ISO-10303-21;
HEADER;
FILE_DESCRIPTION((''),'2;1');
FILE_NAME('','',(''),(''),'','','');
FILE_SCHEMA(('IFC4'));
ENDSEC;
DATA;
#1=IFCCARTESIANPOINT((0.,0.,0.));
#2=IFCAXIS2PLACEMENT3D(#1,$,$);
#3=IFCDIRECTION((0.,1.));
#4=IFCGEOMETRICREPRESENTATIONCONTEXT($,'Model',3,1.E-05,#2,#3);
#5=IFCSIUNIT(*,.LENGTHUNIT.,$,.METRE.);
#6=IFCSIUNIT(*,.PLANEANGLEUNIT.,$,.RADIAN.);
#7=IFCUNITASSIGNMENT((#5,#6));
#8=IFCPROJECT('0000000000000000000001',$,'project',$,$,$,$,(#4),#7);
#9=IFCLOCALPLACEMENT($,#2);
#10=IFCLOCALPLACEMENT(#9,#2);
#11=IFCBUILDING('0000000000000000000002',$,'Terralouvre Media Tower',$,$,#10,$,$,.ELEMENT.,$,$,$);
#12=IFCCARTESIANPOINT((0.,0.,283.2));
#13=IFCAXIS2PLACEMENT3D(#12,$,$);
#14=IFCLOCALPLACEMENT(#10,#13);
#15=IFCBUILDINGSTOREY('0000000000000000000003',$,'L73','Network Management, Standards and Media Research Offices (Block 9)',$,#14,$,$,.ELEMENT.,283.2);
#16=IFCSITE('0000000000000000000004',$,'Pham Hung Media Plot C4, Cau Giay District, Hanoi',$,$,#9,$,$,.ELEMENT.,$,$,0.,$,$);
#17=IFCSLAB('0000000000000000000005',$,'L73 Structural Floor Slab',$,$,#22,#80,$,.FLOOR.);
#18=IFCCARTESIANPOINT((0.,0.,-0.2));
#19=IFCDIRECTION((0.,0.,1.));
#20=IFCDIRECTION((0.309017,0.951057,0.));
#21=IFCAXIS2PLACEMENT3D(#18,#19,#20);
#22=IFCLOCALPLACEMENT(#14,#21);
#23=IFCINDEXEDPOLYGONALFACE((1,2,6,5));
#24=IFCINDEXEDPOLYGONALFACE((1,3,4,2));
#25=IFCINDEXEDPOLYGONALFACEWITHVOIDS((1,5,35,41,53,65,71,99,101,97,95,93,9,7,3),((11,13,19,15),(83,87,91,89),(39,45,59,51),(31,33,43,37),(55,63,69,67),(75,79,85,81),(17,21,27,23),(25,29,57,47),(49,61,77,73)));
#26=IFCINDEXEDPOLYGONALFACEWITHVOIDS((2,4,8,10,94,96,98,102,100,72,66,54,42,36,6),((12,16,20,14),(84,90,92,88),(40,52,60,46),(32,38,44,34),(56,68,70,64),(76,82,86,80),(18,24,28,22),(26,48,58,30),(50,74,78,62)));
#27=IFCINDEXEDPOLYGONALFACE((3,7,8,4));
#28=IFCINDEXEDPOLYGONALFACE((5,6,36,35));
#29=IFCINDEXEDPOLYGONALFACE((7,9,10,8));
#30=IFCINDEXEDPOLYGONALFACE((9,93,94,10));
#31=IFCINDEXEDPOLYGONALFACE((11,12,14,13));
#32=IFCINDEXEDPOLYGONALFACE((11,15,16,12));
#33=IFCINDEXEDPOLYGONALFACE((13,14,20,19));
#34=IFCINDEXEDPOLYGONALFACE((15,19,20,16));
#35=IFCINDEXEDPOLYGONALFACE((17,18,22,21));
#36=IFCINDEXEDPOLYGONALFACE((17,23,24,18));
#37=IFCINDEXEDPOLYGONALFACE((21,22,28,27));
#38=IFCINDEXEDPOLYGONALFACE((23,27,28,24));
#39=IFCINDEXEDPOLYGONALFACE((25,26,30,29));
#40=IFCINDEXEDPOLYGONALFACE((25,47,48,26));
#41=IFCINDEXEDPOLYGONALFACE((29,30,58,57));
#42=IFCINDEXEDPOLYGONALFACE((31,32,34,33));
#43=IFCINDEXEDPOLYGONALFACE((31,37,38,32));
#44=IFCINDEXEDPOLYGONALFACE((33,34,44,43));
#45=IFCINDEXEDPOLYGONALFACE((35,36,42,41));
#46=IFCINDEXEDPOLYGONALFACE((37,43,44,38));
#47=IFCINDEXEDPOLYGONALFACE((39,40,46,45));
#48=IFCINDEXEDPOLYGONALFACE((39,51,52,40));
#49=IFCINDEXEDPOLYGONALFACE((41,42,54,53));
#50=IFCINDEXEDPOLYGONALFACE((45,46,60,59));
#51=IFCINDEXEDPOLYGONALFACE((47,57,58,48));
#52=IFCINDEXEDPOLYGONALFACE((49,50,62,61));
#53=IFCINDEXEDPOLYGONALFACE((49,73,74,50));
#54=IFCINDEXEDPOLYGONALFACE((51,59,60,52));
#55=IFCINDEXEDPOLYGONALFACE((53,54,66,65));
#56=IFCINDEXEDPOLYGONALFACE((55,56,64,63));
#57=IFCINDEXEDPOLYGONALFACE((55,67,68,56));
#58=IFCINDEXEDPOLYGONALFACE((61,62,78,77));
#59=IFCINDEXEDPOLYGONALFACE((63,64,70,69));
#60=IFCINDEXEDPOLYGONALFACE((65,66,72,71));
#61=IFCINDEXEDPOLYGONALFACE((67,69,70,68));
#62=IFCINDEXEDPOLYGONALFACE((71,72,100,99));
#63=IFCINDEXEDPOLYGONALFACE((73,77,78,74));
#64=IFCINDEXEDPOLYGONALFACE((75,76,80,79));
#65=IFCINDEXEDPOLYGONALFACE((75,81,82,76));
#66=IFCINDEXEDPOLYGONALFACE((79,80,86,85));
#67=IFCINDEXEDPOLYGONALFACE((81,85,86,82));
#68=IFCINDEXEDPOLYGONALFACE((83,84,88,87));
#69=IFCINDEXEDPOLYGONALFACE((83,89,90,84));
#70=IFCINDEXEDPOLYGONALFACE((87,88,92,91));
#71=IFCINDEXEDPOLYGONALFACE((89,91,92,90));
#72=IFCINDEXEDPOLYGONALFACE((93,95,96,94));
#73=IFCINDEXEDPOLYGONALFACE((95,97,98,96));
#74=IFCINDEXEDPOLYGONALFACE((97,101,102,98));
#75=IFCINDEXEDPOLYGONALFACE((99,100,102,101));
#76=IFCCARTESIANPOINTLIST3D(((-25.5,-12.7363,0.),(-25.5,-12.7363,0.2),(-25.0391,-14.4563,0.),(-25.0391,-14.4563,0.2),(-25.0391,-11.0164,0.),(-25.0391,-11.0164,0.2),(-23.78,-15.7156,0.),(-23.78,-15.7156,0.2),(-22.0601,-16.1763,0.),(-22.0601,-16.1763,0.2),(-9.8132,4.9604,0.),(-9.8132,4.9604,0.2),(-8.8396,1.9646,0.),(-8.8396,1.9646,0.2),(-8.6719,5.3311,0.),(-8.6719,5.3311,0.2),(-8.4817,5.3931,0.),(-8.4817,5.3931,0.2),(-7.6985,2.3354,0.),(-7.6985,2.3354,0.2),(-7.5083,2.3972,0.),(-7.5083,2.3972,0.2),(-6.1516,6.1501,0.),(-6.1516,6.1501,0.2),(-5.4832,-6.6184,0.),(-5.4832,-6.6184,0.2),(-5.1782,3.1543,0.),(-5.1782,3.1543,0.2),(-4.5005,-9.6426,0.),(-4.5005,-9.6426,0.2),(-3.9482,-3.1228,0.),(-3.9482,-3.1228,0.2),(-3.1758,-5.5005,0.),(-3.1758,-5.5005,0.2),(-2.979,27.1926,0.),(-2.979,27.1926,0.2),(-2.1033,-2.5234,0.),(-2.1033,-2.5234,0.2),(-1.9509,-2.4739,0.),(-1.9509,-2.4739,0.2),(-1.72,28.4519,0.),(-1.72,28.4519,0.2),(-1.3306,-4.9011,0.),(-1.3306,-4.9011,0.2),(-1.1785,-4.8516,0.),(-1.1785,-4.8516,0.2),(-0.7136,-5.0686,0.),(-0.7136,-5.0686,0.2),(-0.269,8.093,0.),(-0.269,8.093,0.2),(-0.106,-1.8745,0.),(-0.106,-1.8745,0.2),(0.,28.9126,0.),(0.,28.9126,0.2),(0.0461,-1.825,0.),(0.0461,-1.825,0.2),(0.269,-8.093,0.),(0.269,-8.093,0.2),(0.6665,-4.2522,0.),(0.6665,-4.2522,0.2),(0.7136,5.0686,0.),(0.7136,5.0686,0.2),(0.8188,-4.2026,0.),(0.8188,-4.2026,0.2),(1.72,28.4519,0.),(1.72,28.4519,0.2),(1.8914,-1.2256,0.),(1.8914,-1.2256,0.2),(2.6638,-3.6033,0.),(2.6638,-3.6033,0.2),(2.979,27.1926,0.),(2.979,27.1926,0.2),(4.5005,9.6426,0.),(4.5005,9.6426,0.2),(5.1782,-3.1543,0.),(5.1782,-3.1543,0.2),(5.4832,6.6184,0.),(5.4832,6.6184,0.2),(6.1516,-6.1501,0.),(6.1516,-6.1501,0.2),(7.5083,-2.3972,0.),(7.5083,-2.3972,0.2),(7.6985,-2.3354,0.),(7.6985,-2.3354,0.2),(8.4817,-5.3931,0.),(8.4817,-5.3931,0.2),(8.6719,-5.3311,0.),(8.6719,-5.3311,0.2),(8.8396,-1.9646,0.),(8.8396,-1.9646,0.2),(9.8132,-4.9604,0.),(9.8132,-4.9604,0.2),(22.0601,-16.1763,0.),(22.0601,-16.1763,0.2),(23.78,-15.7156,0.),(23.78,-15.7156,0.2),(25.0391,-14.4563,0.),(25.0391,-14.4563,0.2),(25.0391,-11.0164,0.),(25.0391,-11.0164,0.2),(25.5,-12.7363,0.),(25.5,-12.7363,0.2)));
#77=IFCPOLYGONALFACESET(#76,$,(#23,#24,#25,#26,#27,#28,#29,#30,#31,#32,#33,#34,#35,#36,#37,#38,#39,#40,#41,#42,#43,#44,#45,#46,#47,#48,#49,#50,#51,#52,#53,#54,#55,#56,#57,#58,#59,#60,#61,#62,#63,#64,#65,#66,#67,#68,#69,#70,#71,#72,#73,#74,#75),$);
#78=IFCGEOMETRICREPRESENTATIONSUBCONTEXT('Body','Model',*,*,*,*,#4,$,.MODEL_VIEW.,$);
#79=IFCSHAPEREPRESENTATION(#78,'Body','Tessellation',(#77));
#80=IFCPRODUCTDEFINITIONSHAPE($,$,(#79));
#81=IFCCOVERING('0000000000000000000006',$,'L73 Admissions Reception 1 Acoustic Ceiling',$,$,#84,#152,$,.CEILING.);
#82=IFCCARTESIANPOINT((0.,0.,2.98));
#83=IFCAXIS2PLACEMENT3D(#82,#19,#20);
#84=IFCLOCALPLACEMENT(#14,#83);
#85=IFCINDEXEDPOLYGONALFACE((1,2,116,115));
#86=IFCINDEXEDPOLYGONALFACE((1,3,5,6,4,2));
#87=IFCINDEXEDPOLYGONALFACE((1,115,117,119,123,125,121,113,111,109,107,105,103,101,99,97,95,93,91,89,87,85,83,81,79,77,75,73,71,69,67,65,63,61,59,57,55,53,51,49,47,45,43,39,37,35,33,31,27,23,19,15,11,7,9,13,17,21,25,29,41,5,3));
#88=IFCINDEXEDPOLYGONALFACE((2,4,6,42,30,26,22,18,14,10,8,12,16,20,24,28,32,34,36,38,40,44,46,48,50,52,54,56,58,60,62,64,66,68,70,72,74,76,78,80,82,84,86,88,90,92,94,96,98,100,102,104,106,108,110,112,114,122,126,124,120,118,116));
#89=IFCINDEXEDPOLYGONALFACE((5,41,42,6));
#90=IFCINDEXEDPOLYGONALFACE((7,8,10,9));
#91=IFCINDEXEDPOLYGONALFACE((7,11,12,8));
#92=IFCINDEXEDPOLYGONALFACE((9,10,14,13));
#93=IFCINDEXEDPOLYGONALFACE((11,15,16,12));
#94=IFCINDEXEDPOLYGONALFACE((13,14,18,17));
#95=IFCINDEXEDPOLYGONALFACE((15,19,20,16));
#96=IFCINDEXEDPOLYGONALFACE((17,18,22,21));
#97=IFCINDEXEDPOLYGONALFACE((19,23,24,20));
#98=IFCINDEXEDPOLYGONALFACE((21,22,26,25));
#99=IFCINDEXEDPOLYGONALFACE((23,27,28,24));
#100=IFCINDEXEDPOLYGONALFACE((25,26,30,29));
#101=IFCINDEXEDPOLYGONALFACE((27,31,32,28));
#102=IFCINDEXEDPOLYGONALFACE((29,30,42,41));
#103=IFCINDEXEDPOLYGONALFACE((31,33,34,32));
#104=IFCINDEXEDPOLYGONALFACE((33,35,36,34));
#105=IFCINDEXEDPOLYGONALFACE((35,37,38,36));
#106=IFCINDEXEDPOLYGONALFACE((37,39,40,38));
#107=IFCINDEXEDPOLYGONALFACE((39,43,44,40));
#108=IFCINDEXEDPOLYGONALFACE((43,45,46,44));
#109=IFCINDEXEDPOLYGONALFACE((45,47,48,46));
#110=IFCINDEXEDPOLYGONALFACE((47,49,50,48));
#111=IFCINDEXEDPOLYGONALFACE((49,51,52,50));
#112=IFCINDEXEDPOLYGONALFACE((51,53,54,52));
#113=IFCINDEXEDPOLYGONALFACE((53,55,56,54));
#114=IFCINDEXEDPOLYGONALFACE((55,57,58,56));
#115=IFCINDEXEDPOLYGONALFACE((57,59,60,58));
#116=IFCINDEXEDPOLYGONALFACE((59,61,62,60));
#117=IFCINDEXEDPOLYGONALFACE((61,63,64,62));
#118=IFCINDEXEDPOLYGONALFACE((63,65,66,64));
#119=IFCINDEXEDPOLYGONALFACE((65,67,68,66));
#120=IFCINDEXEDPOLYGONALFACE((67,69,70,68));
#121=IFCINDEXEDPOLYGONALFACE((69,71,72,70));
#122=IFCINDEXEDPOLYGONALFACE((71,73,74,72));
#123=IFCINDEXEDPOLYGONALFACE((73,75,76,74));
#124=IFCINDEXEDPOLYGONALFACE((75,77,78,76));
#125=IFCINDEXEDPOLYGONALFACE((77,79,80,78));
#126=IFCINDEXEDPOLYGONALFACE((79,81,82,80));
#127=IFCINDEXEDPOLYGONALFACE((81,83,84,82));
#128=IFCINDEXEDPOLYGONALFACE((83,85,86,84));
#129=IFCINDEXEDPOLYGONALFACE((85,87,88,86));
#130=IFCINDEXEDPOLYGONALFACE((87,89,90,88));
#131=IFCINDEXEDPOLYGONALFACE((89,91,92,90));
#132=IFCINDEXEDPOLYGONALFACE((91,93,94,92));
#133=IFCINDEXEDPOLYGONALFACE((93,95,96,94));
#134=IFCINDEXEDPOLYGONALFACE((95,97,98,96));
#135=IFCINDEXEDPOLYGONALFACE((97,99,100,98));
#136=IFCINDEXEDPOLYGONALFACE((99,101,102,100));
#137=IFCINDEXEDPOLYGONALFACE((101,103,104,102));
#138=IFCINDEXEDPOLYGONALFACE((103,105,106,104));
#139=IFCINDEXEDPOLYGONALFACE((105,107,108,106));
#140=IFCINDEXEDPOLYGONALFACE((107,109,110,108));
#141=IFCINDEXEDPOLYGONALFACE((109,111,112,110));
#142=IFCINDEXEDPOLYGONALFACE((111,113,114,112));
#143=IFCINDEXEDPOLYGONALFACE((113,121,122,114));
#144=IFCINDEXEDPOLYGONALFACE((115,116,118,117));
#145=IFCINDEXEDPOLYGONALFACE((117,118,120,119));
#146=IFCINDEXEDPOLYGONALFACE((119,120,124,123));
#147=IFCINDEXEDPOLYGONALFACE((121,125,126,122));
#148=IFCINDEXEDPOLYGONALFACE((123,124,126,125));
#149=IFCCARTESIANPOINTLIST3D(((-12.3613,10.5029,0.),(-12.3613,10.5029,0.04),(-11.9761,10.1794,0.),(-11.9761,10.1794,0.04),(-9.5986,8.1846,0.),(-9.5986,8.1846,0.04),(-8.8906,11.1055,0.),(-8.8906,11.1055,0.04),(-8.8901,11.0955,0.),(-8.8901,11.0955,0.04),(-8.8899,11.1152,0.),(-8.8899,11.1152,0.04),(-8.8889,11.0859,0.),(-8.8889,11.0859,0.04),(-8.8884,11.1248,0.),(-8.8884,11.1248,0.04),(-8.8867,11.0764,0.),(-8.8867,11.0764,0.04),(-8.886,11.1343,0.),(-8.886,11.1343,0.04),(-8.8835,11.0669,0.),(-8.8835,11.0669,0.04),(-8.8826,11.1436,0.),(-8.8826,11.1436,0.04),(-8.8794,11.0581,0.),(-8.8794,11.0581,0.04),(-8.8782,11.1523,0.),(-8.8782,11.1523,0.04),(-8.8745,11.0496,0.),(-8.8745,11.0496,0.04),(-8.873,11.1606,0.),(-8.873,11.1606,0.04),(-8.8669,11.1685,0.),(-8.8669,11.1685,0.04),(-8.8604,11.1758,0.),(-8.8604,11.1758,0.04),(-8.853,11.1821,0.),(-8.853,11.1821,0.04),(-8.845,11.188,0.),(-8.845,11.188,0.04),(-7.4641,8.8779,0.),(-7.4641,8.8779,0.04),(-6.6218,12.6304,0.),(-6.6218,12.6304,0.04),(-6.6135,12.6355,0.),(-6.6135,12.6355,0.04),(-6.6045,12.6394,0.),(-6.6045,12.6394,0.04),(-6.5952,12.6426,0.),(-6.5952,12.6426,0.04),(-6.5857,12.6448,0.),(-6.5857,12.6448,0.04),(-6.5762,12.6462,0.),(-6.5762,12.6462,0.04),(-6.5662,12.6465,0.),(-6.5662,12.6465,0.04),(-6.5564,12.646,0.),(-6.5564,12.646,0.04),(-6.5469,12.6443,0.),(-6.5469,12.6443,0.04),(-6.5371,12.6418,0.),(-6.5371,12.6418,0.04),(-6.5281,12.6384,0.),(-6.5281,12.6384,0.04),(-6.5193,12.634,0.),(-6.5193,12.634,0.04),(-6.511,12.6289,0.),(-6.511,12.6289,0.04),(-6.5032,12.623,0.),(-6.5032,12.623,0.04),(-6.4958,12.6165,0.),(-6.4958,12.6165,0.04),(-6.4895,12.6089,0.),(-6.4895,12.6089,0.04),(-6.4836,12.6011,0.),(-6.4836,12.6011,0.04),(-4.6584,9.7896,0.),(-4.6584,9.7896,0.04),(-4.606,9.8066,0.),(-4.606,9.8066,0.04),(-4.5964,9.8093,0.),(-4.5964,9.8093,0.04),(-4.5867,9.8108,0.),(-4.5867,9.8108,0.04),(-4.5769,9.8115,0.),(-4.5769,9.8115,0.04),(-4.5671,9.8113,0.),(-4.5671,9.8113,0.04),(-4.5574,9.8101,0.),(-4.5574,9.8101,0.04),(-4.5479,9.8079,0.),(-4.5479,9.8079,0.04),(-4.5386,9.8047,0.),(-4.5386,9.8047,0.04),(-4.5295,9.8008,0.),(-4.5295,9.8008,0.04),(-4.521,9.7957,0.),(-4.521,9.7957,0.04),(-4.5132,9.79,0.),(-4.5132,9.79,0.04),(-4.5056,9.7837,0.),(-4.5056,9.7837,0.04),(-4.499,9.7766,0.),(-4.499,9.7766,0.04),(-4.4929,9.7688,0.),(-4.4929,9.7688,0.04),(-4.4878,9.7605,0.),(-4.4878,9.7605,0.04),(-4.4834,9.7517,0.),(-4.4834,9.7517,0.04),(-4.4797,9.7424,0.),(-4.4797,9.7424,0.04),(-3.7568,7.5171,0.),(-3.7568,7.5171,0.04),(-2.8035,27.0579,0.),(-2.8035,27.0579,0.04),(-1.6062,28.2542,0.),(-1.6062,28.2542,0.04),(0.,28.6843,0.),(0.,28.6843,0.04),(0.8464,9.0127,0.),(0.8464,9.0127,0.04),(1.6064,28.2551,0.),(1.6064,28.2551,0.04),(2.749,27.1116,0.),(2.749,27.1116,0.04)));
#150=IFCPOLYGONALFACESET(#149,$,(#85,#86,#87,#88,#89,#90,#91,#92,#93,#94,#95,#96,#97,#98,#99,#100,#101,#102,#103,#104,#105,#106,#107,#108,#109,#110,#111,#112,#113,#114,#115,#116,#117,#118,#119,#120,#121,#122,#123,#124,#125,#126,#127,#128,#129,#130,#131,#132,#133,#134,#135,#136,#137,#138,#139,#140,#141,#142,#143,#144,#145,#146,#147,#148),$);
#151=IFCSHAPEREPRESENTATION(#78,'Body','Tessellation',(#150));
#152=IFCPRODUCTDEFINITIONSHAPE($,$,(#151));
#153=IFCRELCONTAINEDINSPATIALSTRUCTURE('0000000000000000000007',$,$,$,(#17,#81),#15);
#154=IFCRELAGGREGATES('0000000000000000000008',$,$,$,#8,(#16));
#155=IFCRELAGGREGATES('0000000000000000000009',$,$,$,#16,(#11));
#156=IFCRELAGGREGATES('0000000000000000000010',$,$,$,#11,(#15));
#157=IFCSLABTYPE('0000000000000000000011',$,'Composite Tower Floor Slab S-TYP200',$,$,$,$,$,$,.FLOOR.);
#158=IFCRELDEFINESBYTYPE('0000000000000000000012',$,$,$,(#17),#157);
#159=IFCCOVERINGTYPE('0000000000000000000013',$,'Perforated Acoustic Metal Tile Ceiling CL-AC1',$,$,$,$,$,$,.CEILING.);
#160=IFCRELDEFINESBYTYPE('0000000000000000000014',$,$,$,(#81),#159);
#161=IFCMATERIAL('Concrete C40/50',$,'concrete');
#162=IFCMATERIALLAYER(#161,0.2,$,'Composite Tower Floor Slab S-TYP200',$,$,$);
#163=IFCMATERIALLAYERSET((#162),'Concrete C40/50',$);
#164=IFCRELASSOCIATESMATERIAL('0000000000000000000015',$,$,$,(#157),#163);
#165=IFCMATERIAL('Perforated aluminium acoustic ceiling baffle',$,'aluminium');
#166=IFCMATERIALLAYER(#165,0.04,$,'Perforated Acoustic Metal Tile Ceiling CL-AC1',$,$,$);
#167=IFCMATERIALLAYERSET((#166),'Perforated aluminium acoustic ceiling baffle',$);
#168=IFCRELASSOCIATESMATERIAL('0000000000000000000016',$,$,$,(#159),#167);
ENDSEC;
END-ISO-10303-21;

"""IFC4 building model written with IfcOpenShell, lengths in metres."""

from ifc_helpers import new_model, si_unit, direction, frame, origin, place, context, subcontext, project, spatial, polyline, outline, extrude, material, layer, layer_set, type_object, element, save


model = new_model("IFC4")

# Units and contexts
model_context = context("Model", 3, precision=1e-05, world=origin(), true_north=direction((0.0, 1.0)))
body_context = subcontext(model_context, "Body", "Model", "MODEL_VIEW")
ifc_project = project(units=[si_unit("LENGTHUNIT", "METRE"), si_unit("PLANEANGLEUNIT", "RADIAN")], contexts=[model_context])

# Site, building, storey
site_placement = place(None, origin())
site = spatial("IfcSite", under=ifc_project, at=site_placement, Name="Pham Hung Media Plot C4, Cau Giay District, Hanoi", CompositionType="ELEMENT", RefElevation=0.0)
building_placement = place(site_placement, origin())
building = spatial("IfcBuilding", under=site, at=building_placement, Name="Terralouvre Media Tower", CompositionType="ELEMENT")
storey_placement = place(building_placement, frame((0.0, 0.0, 283.2)))
storey = spatial("IfcBuildingStorey", under=building, at=storey_placement, Name="L73", Description="Network Management, Standards and Media Research Offices (Block 9)", CompositionType="ELEMENT", Elevation=283.2)

# Slab
ifc_material_1 = material(Name="Concrete C40/50", Category="concrete")
ifc_layer_1 = layer(ifc_material_1, 0.2, Name="Composite Tower Floor Slab S-TYP200")
ifc_layer_set_1 = layer_set([ifc_layer_1], Name="Concrete C40/50")
slab_type = type_object("IfcSlabType", Name="Composite Tower Floor Slab S-TYP200", PredefinedType="FLOOR", material=ifc_layer_set_1)
slab_placement = place(storey_placement, frame((0.0, 0.0, -0.2), z_axis=(0.0, 0.0, 1.0), x_axis=(0.309017, 0.951057, 0.0)))
element("IfcSlab", 1, at=slab_placement, inside=storey, type_object=slab_type, Name="L73 Structural Floor Slab", PredefinedType="FLOOR", context=body_context, shape_type="SweptSolid", body=[
    extrude(outline(polyline([(-25.0391, -11.0164), (-25.5, -12.7363), (-25.0391, -14.4563), (-23.78, -15.7156), (-22.0601, -16.1763), (22.0601, -16.1763), (23.78, -15.7156), (25.0391, -14.4563), (25.5, -12.7363), (25.0391, -11.0164), (2.979, 27.1926), (1.72, 28.4519), (0.0, 28.9126), (-1.72, 28.4519), (-2.979, 27.1926), (-25.0391, -11.0164)]), holes=[polyline([(-7.6985, 2.3354), (-8.8396, 1.9646), (-9.8132, 4.9604), (-8.6719, 5.3311), (-7.6985, 2.3354)]), polyline([(-5.1782, 3.1543), (-7.5083, 2.3972), (-8.4817, 5.3931), (-6.1516, 6.1501), (-5.1782, 3.1543)]), polyline([(-5.4832, -6.6184), (-0.7136, -5.0686), (0.269, -8.093), (-4.5005, -9.6426), (-5.4832, -6.6184)]), polyline([(-1.3306, -4.9011), (-3.1758, -5.5005), (-3.9482, -3.1228), (-2.1033, -2.5234), (-1.3306, -4.9011)]), polyline([(0.6665, -4.2522), (-1.1785, -4.8516), (-1.9509, -2.4739), (-0.106, -1.8745), (0.6665, -4.2522)]), polyline([(2.6638, -3.6033), (0.8188, -4.2026), (0.0461, -1.825), (1.8914, -1.2256), (2.6638, -3.6033)]), polyline([(5.4832, 6.6184), (0.7136, 5.0686), (-0.269, 8.093), (4.5005, 9.6426), (5.4832, 6.6184)]), polyline([(6.1516, -6.1501), (5.1782, -3.1543), (7.5083, -2.3972), (8.4817, -5.3931), (6.1516, -6.1501)]), polyline([(8.6719, -5.3311), (7.6985, -2.3354), (8.8396, -1.9646), (9.8132, -4.9604), (8.6719, -5.3311)])]), origin(), (0.0, 0.0, 1.0), 0.2),
])

# Covering
ifc_material_2 = material(Name="Perforated aluminium acoustic ceiling baffle", Category="aluminium")
ifc_layer_2 = layer(ifc_material_2, 0.04, Name="Perforated Acoustic Metal Tile Ceiling CL-AC1")
ifc_layer_set_2 = layer_set([ifc_layer_2], Name="Perforated aluminium acoustic ceiling baffle")
covering_type = type_object("IfcCoveringType", Name="Perforated Acoustic Metal Tile Ceiling CL-AC1", PredefinedType="CEILING", material=ifc_layer_set_2)
covering_1_placement = place(storey_placement, frame((0.0, 0.0, 2.98), z_axis=(0.0, 0.0, 1.0), x_axis=(0.309017, 0.951057, 0.0)))
element("IfcCovering", 2, at=covering_1_placement, inside=storey, type_object=covering_type, Name="L73 Admissions Reception 1 Acoustic Ceiling", PredefinedType="CEILING", context=body_context, shape_type="SweptSolid", body=[
    extrude(outline(polyline([(-11.9761, 10.1794), (-9.5986, 8.1846), (-7.4641, 8.8779), (-8.8745, 11.0496), (-8.8794, 11.0581), (-8.8835, 11.0669), (-8.8867, 11.0764), (-8.8889, 11.0859), (-8.8901, 11.0955), (-8.8906, 11.1055), (-8.8899, 11.1152), (-8.8884, 11.1248), (-8.886, 11.1343), (-8.8826, 11.1436), (-8.8782, 11.1523), (-8.873, 11.1606), (-8.8669, 11.1685), (-8.8604, 11.1758), (-8.853, 11.1821), (-8.845, 11.188), (-6.6218, 12.6304), (-6.6135, 12.6355), (-6.6045, 12.6394), (-6.5952, 12.6426), (-6.5857, 12.6448), (-6.5762, 12.6462), (-6.5662, 12.6465), (-6.5564, 12.646), (-6.5469, 12.6443), (-6.5371, 12.6418), (-6.5281, 12.6384), (-6.5193, 12.634), (-6.511, 12.6289), (-6.5032, 12.623), (-6.4958, 12.6165), (-6.4895, 12.6089), (-6.4836, 12.6011), (-4.6584, 9.7896), (-4.606, 9.8066), (-4.5964, 9.8093), (-4.5867, 9.8108), (-4.5769, 9.8115), (-4.5671, 9.8113), (-4.5574, 9.8101), (-4.5479, 9.8079), (-4.5386, 9.8047), (-4.5295, 9.8008), (-4.521, 9.7957), (-4.5132, 9.79), (-4.5056, 9.7837), (-4.499, 9.7766), (-4.4929, 9.7688), (-4.4878, 9.7605), (-4.4834, 9.7517), (-4.4797, 9.7424), (-3.7568, 7.5171), (0.8464, 9.0127), (2.749, 27.1116), (1.6064, 28.2551), (0.0, 28.6843), (-1.6062, 28.2542), (-2.8035, 27.0579), (-12.3613, 10.5029), (-11.9761, 10.1794)])), origin(), (0.0, 0.0, 1.0), 0.04),
])

save(model, "model.ifc")
